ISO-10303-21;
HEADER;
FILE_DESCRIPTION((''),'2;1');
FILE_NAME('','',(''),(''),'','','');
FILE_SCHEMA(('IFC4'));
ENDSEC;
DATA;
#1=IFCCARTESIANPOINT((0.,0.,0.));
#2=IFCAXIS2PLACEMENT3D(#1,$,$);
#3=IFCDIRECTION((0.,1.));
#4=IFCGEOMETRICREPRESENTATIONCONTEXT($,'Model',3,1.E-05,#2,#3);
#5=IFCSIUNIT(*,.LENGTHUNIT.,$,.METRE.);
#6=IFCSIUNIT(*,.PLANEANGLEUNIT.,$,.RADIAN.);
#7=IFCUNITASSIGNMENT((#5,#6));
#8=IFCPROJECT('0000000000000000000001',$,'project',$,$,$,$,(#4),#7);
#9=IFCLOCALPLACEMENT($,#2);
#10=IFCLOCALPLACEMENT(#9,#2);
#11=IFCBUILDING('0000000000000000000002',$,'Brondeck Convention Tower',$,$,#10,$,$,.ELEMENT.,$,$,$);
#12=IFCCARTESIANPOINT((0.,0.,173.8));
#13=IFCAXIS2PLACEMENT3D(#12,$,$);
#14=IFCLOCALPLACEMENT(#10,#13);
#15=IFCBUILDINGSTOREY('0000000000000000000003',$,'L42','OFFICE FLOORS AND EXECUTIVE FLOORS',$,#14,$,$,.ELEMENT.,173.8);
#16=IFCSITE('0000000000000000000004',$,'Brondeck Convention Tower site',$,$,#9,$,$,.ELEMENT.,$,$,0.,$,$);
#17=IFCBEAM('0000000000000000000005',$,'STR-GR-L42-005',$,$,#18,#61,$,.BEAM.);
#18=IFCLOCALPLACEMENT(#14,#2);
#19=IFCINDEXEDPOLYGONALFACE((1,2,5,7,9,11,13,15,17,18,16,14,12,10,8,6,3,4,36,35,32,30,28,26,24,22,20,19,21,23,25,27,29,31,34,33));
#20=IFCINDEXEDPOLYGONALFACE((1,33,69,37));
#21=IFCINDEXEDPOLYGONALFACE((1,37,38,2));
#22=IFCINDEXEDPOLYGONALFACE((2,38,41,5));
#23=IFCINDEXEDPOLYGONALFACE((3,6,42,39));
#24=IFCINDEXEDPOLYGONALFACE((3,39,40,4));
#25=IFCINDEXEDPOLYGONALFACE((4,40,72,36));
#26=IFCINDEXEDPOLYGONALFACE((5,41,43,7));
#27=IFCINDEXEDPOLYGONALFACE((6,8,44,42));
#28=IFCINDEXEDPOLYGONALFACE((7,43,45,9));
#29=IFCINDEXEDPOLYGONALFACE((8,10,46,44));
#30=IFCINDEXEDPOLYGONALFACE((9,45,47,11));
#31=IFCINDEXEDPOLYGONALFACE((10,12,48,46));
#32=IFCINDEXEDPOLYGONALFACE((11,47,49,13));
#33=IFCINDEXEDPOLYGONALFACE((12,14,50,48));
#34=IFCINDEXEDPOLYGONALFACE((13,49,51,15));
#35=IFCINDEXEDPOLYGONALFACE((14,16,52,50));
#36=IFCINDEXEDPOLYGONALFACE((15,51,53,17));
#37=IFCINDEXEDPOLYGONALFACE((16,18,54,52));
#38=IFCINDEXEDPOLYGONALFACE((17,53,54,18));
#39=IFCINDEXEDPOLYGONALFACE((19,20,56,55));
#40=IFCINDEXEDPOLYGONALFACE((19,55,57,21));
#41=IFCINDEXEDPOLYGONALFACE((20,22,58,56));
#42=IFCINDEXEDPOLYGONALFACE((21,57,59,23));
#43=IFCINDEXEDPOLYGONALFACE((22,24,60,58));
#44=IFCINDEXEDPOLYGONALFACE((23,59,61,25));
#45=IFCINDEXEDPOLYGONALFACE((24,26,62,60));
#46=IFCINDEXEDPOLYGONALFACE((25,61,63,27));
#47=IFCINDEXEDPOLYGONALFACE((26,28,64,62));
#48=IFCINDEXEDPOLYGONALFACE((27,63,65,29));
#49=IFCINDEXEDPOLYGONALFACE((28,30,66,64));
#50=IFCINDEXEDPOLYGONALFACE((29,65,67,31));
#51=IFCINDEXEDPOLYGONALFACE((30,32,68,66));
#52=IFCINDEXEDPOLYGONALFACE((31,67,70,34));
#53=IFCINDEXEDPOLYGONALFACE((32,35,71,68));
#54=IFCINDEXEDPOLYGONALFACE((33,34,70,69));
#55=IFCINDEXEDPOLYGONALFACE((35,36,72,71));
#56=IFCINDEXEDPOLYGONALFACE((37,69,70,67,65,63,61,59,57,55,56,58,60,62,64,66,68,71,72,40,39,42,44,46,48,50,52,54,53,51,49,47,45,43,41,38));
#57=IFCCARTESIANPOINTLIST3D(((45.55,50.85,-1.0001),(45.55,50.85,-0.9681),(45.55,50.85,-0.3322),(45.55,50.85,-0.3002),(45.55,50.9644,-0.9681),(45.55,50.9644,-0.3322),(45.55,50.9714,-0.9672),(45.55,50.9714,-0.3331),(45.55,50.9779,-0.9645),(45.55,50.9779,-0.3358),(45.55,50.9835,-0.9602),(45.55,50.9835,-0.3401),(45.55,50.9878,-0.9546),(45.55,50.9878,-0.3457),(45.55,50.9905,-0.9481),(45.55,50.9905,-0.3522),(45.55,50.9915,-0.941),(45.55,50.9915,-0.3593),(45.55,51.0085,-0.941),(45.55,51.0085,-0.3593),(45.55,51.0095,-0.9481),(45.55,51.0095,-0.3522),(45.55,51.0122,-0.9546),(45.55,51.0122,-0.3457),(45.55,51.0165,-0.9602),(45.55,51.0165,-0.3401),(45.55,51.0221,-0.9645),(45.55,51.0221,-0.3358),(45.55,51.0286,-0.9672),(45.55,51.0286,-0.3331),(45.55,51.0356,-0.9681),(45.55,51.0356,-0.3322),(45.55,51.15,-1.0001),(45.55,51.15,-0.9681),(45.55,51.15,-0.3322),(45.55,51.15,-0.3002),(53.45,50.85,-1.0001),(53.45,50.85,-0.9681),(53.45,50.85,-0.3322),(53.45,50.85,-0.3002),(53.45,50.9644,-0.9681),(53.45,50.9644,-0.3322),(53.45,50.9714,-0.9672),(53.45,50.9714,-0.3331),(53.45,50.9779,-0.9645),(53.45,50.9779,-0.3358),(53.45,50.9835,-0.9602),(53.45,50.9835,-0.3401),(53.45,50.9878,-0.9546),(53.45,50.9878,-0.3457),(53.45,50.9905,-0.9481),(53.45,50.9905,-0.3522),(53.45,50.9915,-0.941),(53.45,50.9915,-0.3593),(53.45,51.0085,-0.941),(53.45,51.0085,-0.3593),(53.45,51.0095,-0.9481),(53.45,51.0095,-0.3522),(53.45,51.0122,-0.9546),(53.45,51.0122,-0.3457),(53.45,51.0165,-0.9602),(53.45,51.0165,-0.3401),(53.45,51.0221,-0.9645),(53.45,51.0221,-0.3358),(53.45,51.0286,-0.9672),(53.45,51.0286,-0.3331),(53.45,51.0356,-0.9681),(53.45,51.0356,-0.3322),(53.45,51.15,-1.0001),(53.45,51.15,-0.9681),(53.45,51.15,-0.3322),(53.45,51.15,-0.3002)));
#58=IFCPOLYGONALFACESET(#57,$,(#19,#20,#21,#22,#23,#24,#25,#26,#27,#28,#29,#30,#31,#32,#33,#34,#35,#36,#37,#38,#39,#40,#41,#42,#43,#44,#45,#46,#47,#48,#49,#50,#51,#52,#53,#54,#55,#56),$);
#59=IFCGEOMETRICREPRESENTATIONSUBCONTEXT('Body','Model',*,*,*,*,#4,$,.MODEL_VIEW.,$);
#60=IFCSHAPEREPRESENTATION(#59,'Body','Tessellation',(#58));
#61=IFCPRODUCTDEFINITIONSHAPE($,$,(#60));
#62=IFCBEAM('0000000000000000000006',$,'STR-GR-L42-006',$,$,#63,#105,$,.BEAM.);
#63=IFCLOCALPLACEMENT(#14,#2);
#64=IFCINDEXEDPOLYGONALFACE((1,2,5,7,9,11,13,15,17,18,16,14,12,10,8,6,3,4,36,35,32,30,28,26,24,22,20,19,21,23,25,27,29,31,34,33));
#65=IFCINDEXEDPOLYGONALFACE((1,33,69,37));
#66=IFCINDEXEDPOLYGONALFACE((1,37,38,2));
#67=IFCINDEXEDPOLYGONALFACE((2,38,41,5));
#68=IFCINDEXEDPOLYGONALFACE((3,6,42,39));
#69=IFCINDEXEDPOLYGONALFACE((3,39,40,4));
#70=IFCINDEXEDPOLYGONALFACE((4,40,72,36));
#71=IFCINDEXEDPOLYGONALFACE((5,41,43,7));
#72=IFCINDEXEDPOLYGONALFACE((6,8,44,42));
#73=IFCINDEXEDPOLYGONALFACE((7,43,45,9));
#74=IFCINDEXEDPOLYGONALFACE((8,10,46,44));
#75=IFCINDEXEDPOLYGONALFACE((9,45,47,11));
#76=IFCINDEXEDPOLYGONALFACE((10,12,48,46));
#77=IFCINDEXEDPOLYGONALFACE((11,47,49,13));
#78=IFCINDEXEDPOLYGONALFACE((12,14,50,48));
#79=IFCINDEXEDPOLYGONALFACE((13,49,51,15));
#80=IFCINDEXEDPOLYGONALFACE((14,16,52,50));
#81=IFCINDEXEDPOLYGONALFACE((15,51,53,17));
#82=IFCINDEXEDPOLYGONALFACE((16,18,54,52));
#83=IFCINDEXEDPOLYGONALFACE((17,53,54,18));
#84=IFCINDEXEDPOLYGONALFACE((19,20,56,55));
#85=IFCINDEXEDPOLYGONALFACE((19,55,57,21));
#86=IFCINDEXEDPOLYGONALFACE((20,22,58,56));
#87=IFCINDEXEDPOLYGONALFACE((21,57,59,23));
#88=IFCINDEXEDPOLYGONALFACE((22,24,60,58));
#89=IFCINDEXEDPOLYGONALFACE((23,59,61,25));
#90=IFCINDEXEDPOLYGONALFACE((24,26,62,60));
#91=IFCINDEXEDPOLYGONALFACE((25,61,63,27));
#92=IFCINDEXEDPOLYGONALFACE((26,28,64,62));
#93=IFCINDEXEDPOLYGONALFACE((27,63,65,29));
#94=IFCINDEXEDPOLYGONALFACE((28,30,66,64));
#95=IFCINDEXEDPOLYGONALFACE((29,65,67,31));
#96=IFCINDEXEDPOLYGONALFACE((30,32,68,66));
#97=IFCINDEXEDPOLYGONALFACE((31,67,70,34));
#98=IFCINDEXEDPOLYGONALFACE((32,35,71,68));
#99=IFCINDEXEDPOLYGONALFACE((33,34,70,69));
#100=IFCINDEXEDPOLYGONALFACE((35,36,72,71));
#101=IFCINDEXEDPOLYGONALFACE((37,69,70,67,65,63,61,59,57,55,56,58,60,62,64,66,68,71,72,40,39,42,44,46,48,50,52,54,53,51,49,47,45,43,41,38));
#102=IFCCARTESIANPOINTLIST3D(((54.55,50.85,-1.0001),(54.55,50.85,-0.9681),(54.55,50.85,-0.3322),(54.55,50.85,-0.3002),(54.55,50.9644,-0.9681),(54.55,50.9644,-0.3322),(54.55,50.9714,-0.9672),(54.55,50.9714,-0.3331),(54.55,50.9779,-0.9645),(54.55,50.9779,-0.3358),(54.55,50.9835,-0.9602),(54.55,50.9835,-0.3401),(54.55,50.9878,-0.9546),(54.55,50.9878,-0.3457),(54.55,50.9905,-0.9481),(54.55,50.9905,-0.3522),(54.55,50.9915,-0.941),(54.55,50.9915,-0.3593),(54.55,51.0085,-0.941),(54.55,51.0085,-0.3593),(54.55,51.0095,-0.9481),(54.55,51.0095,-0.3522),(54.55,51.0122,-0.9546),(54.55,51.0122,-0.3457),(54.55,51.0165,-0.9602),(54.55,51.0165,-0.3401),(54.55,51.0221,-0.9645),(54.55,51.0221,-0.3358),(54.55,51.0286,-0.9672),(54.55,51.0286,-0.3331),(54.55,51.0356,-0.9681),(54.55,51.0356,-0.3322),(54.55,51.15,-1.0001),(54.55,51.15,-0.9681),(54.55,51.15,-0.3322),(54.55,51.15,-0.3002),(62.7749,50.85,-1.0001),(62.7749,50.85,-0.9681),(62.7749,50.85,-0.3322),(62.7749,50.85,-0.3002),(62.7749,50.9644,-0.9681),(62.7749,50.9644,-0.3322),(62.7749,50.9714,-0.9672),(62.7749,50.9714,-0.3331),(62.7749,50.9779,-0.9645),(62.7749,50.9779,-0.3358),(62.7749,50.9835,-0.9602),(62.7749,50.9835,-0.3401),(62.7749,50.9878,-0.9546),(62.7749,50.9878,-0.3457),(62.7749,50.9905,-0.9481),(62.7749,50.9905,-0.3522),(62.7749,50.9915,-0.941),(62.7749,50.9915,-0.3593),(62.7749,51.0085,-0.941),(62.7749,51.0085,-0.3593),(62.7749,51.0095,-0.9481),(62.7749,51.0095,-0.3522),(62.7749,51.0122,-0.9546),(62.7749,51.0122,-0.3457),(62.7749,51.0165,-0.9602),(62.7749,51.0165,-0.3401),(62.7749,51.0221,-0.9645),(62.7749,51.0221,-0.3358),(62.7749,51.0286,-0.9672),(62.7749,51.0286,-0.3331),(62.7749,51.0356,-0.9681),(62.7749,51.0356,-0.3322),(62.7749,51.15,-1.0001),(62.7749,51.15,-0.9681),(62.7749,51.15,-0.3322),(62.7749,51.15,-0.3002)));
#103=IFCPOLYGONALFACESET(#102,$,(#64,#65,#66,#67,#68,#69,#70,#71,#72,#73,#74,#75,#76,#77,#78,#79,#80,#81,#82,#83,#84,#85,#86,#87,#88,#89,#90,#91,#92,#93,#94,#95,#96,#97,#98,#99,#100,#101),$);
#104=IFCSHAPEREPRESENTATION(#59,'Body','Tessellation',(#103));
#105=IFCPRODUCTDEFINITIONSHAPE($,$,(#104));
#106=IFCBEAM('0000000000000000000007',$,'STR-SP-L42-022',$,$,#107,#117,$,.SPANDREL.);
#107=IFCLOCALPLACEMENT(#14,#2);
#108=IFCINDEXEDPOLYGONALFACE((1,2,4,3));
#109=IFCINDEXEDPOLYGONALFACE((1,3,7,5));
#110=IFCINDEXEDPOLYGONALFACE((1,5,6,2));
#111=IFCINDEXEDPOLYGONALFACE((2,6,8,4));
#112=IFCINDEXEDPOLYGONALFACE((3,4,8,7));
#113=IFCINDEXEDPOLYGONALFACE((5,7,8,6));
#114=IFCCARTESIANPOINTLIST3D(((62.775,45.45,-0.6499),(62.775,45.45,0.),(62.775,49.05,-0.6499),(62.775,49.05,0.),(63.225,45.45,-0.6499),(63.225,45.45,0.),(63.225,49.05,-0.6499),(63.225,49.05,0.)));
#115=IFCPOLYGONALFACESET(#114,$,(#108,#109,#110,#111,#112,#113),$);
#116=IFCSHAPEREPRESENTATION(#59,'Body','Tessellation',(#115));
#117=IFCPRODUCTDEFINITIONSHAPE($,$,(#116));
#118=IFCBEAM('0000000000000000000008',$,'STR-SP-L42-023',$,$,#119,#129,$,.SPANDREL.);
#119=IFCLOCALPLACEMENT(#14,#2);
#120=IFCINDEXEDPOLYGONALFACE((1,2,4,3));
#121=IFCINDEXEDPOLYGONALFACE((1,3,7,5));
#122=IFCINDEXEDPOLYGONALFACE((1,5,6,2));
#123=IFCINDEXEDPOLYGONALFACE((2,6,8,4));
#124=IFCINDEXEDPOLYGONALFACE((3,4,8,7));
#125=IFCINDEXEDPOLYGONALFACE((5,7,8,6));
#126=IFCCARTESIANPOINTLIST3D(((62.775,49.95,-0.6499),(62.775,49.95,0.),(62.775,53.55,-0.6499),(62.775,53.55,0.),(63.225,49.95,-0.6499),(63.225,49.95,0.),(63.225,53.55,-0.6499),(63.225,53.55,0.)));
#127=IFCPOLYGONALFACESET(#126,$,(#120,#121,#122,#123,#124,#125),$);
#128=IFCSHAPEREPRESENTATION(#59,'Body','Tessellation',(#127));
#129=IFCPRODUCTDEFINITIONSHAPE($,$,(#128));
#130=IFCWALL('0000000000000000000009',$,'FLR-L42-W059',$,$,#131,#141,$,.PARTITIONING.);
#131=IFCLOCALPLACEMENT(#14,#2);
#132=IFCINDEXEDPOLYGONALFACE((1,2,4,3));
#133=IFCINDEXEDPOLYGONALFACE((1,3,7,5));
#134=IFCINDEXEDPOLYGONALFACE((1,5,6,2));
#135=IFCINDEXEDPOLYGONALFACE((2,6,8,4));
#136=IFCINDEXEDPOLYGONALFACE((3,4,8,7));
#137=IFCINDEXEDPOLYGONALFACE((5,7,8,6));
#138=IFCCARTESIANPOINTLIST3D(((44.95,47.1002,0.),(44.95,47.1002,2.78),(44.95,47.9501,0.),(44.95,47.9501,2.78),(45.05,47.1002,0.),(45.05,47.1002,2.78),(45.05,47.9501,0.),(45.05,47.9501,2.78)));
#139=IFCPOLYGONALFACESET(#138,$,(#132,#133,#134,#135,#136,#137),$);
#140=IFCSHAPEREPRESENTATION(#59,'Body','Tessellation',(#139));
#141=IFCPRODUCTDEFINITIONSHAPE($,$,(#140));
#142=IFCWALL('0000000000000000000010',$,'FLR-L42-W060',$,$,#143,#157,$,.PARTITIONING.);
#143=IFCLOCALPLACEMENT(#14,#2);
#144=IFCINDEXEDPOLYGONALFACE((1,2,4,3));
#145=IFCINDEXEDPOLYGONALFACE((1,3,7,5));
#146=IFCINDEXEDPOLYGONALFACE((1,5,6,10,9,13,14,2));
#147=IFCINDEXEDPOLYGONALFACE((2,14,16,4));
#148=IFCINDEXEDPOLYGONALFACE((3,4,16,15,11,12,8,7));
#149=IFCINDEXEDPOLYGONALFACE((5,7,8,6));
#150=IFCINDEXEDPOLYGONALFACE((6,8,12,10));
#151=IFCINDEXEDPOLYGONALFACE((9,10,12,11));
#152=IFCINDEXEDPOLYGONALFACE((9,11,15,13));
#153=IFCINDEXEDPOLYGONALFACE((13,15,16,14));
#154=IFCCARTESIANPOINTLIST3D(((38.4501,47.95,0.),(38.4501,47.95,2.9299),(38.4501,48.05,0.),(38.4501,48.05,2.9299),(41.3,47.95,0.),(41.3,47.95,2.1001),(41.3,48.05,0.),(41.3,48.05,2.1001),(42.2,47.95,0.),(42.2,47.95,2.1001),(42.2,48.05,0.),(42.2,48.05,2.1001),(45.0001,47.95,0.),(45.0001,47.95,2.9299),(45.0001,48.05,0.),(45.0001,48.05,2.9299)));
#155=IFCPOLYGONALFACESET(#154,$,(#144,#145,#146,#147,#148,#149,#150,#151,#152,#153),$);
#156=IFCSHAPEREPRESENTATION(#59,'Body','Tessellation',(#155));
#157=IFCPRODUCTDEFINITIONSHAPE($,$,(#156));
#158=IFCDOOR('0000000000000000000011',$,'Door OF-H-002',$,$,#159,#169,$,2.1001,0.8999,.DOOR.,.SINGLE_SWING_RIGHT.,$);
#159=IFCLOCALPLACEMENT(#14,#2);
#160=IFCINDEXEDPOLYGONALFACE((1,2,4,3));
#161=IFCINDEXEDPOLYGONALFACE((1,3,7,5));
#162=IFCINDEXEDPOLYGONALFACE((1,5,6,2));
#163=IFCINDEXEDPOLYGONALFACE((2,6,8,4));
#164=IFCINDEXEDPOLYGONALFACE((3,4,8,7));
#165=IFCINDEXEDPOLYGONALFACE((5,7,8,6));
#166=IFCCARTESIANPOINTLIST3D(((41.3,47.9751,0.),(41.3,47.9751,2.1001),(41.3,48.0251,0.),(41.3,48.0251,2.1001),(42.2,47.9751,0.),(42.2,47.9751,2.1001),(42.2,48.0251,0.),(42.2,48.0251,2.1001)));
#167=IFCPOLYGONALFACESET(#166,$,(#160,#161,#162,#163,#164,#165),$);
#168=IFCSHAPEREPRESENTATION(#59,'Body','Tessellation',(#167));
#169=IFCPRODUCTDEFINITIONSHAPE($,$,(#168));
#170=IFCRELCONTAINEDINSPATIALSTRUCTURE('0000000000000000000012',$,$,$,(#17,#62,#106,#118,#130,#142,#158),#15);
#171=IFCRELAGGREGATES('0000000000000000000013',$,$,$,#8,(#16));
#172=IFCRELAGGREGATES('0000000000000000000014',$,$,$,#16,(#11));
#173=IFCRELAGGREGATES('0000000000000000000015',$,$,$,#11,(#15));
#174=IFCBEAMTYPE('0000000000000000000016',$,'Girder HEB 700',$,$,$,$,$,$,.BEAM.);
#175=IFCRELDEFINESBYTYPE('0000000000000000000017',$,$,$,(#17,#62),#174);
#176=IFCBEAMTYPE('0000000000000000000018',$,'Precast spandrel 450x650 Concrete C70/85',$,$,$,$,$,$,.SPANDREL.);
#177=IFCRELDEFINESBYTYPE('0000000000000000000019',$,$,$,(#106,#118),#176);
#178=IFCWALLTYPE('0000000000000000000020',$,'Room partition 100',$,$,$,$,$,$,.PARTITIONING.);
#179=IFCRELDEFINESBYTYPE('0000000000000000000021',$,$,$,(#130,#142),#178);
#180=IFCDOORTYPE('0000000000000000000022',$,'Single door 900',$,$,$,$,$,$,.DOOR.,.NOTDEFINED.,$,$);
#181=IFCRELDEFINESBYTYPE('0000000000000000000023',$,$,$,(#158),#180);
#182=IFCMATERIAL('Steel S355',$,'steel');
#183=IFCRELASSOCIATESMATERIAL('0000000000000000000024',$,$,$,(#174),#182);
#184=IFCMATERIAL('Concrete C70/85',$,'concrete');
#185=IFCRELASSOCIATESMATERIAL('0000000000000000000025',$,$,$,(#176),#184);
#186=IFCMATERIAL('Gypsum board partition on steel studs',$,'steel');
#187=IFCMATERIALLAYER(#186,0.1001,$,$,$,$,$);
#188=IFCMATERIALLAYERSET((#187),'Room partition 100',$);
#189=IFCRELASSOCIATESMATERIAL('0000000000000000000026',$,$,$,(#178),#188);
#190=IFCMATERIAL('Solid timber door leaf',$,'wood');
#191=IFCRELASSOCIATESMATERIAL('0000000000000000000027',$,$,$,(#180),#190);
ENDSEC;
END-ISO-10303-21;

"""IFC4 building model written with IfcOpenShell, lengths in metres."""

from ifc_helpers import new_model, si_unit, direction, frame, frame_2d, origin, origin_2d, place, context, subcontext, project, spatial, rectangle, i_section, extrude, material, layer, layer_set, material_profile, profile_set, type_object, element, fill, save


model = new_model("IFC4")

# Units and contexts
model_context = context("Model", 3, precision=1e-05, world=origin(), true_north=direction((0.0, 1.0)))
body_context = subcontext(model_context, "Body", "Model", "MODEL_VIEW")
ifc_project = project(units=[si_unit("LENGTHUNIT", "METRE"), si_unit("PLANEANGLEUNIT", "RADIAN")], contexts=[model_context])

# Site, building, storey
site_placement = place(None, origin())
site = spatial("IfcSite", under=ifc_project, at=site_placement, Name="Brondeck Convention Tower site", CompositionType="ELEMENT", RefElevation=0.0)
building_placement = place(site_placement, origin())
building = spatial("IfcBuilding", under=site, at=building_placement, Name="Brondeck Convention Tower", CompositionType="ELEMENT")
storey_placement = place(building_placement, frame((0.0, 0.0, 173.8)))
storey = spatial("IfcBuildingStorey", under=building, at=storey_placement, Name="L42", Description="OFFICE FLOORS AND EXECUTIVE FLOORS", CompositionType="ELEMENT", Elevation=173.8)

# Shared definitions
ifc_material_1 = material(Name="Concrete C70/85", Category="concrete")

# Beams
ifc_material_2 = material(Name="Steel S355", Category="steel")
ifc_material_profile_1 = material_profile(ifc_material_2, i_section(OverallWidth=0.3, OverallDepth=0.7, WebThickness=0.0171, FlangeThickness=0.032, FilletRadius=0.0271, at=origin_2d()), Name="HEB 700")
ifc_profile_set_1 = profile_set([ifc_material_profile_1], Name="Steel S355")
beam_type_1 = type_object("IfcBeamType", Name="Girder HEB 700", PredefinedType="BEAM", material=ifc_profile_set_1)
beam_1_placement = place(storey_placement, frame((45.55, 51.0, -0.6501), z_axis=(1.0, 0.0, 0.0), x_axis=(0.0, 1.0, 0.0)))
element("IfcBeam", 1, at=beam_1_placement, inside=storey, type_object=beam_type_1, Name="STR-GR-L42-005", PredefinedType="BEAM", context=body_context, shape_type="SweptSolid", body=[
    extrude(i_section(OverallWidth=0.3, OverallDepth=0.7, WebThickness=0.0171, FlangeThickness=0.032, FilletRadius=0.0271, at=origin_2d()), origin(), (0.0, 0.0, 1.0), 7.8999),
])
beam_2_placement = place(storey_placement, frame((54.55, 51.0, -0.6501), z_axis=(1.0, 0.0, 0.0), x_axis=(0.0, 1.0, 0.0)))
element("IfcBeam", 2, at=beam_2_placement, inside=storey, type_object=beam_type_1, Name="STR-GR-L42-006", PredefinedType="BEAM", context=body_context, shape_type="SweptSolid", body=[
    extrude(i_section(OverallWidth=0.3, OverallDepth=0.7, WebThickness=0.0171, FlangeThickness=0.032, FilletRadius=0.0271, at=origin_2d()), origin(), (0.0, 0.0, 1.0), 8.2249),
])
ifc_material_profile_2 = material_profile(ifc_material_1, rectangle(XDim=0.45, YDim=0.6499, at=origin_2d()), Name="Precast spandrel 450x650 Concrete C70/85")
ifc_profile_set_2 = profile_set([ifc_material_profile_2], Name="Concrete C70/85")
beam_type_2 = type_object("IfcBeamType", Name="Precast spandrel 450x650 Concrete C70/85", PredefinedType="SPANDREL", material=ifc_profile_set_2)
for number, where, z_axis, x_axis, name in (
    (3, (63.0, 45.45, -0.325), (0.0, 1.0, 0.0), (-1.0, 0.0, 0.0), "STR-SP-L42-022"),
    (4, (63.0, 49.95, -0.325), (0.0, 1.0, 0.0), (-1.0, 0.0, 0.0), "STR-SP-L42-023"),
):
    element("IfcBeam", number, at=place(storey_placement, frame(where, z_axis=z_axis, x_axis=x_axis)), inside=storey, type_object=beam_type_2, Name=name, PredefinedType="SPANDREL", context=body_context, shape_type="SweptSolid", body=[
        extrude(rectangle(XDim=0.45, YDim=0.6499, at=origin_2d()), origin(), (0.0, 0.0, 1.0), 3.6001),
    ])

# Wall
ifc_material_3 = material(Name="Gypsum board partition on steel studs", Category="steel")
ifc_layer_1 = layer(ifc_material_3, 0.1001)
ifc_layer_set_1 = layer_set([ifc_layer_1], Name="Room partition 100")
wall_type_1 = type_object("IfcWallType", Name="Room partition 100", PredefinedType="PARTITIONING", material=ifc_layer_set_1)
wall_1_placement = place(storey_placement, frame((45.0, 47.95, 0.0), z_axis=(0.0, 0.0, 1.0), x_axis=(0.0, -1.0, 0.0)))
element("IfcWall", 5, at=wall_1_placement, inside=storey, type_object=wall_type_1, Name="FLR-L42-W059", PredefinedType="PARTITIONING", context=body_context, shape_type="SweptSolid", body=[
    extrude(rectangle(XDim=0.8499, YDim=0.1001, at=frame_2d((0.4248, 0.0))), origin(), (0.0, 0.0, 1.0), 2.78),
])

# Wall, opening, door
wall_2_placement = place(storey_placement, frame((45.0, 48.0, 0.0), z_axis=(0.0, 0.0, 1.0), x_axis=(-1.0, 0.0, 0.0)))
wall_2 = element("IfcWall", 6, at=wall_2_placement, inside=storey, type_object=wall_type_1, Name="FLR-L42-W060", PredefinedType="PARTITIONING", context=body_context, shape_type="SweptSolid", body=[
    extrude(rectangle(XDim=6.55, YDim=0.1001, at=frame_2d((3.2749, 0.0))), origin(), (0.0, 0.0, 1.0), 2.9299),
])
opening_1_placement = place(wall_2_placement, frame((2.8, 0.0, 0.0)))
opening_1 = element("IfcOpeningElement", 7, at=opening_1_placement, cuts=wall_2, PredefinedType="OPENING", context=body_context, shape_type="SweptSolid", body=[
    extrude(rectangle(XDim=0.8999, YDim=2.1001, at=frame_2d((0.45, 1.05))), frame((0.0, 0.0601, 0.0), z_axis=(0.0, -1.0, 0.0), x_axis=(1.0, 0.0, 0.0)), (0.0, 0.0, 1.0), 0.1201),
])
ifc_material_4 = material(Name="Solid timber door leaf", Category="wood")
door_type_1 = type_object("IfcDoorType", Name="Single door 900", OperationType="NOTDEFINED", PredefinedType="DOOR", material=ifc_material_4)
door_1_placement = place(opening_1_placement, origin())
door_1 = element("IfcDoor", 8, at=door_1_placement, inside=storey, type_object=door_type_1, Name="Door OF-H-002", OperationType="SINGLE_SWING_RIGHT", OverallHeight=2.1001, OverallWidth=0.8999, PredefinedType="DOOR", context=body_context, shape_type="SweptSolid", body=[
    extrude(rectangle(XDim=0.8999, YDim=2.1001, at=frame_2d((0.45, 1.05))), frame((0.0, 0.0249, 0.0), z_axis=(0.0, -1.0, 0.0), x_axis=(1.0, 0.0, 0.0)), (0.0, 0.0, 1.0), 0.05),
])
fill(opening_1, door_1)

save(model, "model.ifc")
